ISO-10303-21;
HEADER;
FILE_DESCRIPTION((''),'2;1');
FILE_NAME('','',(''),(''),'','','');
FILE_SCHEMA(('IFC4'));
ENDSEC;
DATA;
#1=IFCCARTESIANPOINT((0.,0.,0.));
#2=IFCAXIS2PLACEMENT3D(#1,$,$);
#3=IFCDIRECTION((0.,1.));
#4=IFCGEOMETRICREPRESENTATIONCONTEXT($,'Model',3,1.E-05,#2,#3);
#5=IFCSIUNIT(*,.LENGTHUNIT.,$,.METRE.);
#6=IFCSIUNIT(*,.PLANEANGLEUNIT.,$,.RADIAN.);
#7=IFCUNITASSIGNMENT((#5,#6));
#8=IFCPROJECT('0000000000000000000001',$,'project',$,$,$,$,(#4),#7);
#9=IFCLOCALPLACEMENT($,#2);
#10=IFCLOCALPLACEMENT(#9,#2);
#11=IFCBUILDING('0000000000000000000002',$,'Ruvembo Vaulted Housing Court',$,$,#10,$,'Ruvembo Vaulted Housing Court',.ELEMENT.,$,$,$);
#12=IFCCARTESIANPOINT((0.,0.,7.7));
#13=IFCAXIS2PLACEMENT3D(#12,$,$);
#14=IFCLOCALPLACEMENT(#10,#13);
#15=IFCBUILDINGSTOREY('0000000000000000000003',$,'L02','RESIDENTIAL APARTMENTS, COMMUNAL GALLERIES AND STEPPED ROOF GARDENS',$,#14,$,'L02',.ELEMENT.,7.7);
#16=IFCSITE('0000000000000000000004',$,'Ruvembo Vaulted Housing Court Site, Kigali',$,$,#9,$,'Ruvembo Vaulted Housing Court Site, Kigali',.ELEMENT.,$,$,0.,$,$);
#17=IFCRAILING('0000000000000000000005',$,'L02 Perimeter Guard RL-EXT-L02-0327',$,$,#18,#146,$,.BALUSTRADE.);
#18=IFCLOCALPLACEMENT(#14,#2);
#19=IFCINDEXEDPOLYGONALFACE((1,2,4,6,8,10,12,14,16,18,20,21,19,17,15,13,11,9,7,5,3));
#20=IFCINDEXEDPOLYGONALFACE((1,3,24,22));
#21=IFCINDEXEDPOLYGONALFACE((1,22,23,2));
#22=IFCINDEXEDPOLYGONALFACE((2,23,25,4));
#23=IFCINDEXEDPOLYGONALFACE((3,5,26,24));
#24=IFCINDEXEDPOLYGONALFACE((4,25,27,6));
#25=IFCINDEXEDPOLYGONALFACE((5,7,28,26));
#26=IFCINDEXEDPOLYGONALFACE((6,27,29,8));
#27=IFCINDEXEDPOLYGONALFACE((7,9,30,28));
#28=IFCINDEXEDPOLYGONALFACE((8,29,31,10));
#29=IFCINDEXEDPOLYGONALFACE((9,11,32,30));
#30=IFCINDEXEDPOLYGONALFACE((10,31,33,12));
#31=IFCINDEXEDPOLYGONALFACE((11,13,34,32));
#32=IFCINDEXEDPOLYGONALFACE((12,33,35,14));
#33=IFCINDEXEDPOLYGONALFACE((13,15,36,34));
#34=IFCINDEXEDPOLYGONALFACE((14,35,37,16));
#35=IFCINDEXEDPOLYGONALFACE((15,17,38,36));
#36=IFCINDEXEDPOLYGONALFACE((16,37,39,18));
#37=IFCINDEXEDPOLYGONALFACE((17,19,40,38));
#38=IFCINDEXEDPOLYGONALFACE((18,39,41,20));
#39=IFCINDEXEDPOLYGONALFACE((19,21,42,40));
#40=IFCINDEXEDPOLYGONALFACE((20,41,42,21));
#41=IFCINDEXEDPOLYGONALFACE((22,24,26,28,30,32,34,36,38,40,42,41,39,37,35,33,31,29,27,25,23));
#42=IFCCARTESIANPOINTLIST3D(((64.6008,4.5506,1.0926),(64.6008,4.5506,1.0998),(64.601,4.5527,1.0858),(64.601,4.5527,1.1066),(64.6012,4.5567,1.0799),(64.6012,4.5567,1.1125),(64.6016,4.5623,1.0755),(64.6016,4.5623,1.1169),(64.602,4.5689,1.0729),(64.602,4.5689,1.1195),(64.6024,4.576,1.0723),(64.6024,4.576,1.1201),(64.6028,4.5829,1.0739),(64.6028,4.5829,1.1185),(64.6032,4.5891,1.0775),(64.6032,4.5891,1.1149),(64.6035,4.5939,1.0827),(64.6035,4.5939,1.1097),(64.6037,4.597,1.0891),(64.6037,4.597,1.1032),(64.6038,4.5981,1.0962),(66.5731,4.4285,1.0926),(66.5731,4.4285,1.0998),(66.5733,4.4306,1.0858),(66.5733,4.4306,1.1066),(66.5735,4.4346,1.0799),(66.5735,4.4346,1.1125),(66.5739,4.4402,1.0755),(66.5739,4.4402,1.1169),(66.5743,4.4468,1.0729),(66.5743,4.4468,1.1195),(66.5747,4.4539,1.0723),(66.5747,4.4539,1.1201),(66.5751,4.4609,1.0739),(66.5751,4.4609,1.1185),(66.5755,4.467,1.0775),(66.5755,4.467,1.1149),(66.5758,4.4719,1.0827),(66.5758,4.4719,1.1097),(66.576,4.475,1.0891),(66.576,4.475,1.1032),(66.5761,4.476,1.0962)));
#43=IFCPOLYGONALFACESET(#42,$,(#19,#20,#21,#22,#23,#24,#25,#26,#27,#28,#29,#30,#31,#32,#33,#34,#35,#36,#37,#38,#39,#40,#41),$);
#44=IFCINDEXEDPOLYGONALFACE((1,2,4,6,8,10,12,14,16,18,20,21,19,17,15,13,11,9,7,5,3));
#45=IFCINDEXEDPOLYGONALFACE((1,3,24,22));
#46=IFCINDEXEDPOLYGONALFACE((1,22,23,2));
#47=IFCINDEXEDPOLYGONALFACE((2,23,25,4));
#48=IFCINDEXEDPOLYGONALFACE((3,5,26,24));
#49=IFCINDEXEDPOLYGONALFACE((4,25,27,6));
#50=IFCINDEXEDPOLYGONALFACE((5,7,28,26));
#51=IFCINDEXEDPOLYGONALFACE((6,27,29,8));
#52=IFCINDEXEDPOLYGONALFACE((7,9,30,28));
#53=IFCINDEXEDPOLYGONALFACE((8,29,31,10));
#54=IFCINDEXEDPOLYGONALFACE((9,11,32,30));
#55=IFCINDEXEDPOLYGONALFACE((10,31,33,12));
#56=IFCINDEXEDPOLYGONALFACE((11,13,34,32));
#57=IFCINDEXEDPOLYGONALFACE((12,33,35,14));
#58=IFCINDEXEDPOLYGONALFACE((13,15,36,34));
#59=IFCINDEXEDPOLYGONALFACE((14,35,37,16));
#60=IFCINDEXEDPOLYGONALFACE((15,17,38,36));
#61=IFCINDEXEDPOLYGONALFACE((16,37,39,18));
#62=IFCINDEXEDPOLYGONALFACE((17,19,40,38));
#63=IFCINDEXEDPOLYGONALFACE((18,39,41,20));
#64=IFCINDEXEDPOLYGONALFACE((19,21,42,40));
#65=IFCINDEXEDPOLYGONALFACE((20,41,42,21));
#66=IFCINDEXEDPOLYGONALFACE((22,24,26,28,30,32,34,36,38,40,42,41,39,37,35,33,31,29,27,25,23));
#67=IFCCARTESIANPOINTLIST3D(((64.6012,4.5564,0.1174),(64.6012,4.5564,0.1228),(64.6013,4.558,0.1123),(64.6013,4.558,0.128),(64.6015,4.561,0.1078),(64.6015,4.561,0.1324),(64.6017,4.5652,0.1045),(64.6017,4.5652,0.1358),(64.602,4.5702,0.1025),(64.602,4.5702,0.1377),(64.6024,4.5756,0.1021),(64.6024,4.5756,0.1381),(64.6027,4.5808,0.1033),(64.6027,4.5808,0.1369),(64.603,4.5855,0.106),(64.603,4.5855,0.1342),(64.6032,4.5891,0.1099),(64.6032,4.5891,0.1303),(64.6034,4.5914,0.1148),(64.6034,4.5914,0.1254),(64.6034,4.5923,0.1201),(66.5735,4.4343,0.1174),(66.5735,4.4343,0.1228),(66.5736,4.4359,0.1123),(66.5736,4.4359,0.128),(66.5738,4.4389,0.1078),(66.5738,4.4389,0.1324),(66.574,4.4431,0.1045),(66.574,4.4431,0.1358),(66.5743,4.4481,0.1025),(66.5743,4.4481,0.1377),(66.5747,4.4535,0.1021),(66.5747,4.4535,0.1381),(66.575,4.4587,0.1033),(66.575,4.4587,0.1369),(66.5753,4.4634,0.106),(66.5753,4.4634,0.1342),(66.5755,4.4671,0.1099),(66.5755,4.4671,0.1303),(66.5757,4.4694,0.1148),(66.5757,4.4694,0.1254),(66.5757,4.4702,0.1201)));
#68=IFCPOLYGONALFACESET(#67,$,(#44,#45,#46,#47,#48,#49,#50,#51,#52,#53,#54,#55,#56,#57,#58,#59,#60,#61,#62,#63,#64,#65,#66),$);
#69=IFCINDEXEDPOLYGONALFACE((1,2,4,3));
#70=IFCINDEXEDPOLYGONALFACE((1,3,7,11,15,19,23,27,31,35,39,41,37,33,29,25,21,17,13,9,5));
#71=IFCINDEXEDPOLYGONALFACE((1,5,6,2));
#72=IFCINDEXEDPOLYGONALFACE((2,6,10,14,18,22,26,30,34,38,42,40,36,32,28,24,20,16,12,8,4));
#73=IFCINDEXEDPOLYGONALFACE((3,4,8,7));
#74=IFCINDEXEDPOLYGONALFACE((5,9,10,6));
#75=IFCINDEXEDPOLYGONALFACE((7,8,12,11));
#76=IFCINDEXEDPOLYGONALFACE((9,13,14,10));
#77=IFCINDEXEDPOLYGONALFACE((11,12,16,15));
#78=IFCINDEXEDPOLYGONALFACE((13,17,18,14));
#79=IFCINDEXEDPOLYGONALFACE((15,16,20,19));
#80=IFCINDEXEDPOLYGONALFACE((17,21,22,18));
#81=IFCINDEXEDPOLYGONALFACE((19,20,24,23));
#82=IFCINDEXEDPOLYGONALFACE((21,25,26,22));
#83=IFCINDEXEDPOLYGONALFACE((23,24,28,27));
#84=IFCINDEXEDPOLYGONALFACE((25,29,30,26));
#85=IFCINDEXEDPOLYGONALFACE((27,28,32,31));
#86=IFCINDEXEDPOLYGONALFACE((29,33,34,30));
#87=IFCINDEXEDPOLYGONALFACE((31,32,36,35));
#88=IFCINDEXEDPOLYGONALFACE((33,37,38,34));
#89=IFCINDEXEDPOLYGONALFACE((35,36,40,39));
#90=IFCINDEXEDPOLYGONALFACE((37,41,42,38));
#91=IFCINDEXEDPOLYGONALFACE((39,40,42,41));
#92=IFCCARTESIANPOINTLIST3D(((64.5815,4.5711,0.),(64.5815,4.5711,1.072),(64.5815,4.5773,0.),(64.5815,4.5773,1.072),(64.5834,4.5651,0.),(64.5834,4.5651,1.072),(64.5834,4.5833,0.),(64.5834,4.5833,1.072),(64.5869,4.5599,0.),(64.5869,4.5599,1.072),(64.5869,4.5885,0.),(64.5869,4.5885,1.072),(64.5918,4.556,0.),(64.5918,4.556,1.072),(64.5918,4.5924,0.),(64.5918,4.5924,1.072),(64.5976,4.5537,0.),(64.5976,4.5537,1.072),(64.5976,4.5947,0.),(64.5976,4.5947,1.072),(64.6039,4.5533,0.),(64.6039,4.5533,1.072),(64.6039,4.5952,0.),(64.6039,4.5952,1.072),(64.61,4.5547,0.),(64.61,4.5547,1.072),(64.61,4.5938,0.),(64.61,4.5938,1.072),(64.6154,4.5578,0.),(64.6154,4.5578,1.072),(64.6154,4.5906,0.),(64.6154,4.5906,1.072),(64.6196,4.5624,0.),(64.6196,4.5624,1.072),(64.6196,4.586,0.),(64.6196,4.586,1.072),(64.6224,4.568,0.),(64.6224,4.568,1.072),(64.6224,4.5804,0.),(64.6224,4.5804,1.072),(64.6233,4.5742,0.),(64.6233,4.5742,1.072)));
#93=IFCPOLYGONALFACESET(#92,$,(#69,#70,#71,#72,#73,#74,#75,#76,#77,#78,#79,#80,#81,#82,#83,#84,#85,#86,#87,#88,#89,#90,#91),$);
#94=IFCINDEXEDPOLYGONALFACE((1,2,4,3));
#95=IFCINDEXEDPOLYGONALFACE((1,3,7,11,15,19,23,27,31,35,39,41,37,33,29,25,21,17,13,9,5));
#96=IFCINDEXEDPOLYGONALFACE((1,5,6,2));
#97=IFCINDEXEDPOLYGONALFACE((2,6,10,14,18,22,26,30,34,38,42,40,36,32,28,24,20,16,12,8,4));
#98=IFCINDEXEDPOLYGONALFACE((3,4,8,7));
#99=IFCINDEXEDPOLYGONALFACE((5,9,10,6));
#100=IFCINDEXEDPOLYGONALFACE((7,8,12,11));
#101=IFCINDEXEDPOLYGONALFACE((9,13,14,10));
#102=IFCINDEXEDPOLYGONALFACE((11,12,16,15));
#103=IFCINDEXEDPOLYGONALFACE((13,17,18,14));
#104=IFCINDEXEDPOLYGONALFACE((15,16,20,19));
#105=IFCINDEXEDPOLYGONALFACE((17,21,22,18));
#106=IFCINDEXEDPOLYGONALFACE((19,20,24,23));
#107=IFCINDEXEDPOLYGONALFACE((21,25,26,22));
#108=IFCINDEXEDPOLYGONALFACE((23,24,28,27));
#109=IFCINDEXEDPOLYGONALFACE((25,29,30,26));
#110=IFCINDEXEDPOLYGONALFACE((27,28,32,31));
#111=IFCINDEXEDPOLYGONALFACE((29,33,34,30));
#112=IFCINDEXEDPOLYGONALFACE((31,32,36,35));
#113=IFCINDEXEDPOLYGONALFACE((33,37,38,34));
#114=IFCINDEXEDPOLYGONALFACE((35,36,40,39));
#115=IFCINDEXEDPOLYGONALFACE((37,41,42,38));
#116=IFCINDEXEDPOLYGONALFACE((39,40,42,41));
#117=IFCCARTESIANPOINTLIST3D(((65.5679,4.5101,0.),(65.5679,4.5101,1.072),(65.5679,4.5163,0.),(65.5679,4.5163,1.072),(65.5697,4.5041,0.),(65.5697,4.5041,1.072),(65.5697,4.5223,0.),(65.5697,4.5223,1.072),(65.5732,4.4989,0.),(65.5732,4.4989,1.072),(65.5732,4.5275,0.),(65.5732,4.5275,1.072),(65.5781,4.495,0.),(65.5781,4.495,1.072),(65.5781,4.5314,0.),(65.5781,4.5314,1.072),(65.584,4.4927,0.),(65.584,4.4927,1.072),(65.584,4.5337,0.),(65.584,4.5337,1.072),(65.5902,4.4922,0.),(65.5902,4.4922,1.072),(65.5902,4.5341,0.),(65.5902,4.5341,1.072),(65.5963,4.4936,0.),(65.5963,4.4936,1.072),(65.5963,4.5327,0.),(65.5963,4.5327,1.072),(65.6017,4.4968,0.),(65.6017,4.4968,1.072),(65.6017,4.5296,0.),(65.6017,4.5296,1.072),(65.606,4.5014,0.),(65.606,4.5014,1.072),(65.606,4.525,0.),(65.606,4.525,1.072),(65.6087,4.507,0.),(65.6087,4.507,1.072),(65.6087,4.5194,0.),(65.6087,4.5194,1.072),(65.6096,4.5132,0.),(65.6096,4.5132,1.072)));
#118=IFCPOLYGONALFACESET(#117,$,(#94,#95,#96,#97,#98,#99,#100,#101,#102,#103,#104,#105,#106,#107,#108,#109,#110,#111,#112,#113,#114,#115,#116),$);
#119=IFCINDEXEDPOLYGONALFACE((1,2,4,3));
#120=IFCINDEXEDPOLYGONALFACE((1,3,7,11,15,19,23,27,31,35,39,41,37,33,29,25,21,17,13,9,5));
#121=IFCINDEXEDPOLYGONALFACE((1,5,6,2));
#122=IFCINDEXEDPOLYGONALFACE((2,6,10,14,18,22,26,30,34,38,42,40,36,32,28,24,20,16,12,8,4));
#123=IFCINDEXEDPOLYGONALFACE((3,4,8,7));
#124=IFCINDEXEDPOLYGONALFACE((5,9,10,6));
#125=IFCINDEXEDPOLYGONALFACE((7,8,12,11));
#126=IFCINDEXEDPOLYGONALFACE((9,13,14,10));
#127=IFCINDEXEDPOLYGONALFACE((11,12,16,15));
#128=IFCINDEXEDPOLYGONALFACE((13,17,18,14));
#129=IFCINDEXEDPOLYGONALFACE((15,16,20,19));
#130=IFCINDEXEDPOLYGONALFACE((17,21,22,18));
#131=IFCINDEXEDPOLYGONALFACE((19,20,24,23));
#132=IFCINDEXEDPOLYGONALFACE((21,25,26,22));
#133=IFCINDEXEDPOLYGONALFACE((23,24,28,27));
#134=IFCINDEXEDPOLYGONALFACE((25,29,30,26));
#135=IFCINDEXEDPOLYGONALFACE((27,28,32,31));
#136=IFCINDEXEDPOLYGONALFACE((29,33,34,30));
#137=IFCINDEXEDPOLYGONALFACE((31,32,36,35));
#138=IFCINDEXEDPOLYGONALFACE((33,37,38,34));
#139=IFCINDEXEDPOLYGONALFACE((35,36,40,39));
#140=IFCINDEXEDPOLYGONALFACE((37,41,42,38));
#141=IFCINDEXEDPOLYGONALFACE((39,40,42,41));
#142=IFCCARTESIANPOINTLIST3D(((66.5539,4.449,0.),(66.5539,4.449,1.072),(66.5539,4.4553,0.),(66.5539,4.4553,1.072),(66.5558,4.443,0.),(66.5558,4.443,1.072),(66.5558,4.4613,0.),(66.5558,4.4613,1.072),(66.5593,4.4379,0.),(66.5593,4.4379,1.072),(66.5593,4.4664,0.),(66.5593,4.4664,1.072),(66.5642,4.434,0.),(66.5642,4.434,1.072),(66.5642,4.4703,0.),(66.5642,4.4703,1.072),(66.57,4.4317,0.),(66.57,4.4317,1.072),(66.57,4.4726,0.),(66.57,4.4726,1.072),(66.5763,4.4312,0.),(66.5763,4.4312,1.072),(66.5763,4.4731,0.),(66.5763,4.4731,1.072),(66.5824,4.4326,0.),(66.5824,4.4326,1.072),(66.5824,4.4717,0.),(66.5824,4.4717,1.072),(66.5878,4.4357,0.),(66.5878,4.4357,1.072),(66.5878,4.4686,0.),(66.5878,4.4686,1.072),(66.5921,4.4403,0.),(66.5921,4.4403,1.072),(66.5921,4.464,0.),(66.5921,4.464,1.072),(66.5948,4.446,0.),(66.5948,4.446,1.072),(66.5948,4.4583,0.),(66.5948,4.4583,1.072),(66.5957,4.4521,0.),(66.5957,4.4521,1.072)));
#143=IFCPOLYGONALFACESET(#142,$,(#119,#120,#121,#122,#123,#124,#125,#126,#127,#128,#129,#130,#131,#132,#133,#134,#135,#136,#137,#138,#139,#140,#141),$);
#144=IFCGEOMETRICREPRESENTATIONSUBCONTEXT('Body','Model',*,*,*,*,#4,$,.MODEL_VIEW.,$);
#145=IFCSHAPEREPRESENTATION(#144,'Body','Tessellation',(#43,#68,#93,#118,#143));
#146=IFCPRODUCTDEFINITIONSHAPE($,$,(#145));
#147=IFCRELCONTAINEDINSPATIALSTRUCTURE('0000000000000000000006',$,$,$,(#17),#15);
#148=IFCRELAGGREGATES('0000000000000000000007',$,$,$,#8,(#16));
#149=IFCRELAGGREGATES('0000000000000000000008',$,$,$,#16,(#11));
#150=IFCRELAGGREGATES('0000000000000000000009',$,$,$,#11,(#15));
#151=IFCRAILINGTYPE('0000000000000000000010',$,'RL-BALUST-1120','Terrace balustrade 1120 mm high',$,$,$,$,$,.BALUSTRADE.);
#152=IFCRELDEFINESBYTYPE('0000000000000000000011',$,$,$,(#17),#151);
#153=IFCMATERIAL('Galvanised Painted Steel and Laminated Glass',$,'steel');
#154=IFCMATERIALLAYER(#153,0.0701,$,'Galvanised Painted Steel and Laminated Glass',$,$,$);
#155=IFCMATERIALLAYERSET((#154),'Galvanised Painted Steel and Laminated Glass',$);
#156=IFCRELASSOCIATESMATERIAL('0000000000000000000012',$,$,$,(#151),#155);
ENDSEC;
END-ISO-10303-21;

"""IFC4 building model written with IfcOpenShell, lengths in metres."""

from ifc_helpers import new_model, si_unit, direction, frame, origin, origin_2d, place, context, subcontext, project, spatial, circle, extrude, material, layer, layer_set, type_object, element, save


model = new_model("IFC4")

# Units and contexts
model_context = context("Model", 3, precision=1e-05, world=origin(), true_north=direction((0.0, 1.0)))
body_context = subcontext(model_context, "Body", "Model", "MODEL_VIEW")
ifc_project = project(units=[si_unit("LENGTHUNIT", "METRE"), si_unit("PLANEANGLEUNIT", "RADIAN")], contexts=[model_context])

# Site, building, storey
site_placement = place(None, origin())
site = spatial("IfcSite", under=ifc_project, at=site_placement, Name="Ruvembo Vaulted Housing Court Site, Kigali", LongName="Ruvembo Vaulted Housing Court Site, Kigali", CompositionType="ELEMENT", RefElevation=0.0)
building_placement = place(site_placement, origin())
building = spatial("IfcBuilding", under=site, at=building_placement, Name="Ruvembo Vaulted Housing Court", LongName="Ruvembo Vaulted Housing Court", CompositionType="ELEMENT")
storey_placement = place(building_placement, frame((0.0, 0.0, 7.7)))
storey = spatial("IfcBuildingStorey", under=building, at=storey_placement, Name="L02", Description="RESIDENTIAL APARTMENTS, COMMUNAL GALLERIES AND STEPPED ROOF GARDENS", LongName="L02", CompositionType="ELEMENT", Elevation=7.7)

# Railing
ifc_material_1 = material(Name="Galvanised Painted Steel and Laminated Glass", Category="steel")
ifc_layer_1 = layer(ifc_material_1, 0.0701, Name="Galvanised Painted Steel and Laminated Glass")
ifc_layer_set_1 = layer_set([ifc_layer_1], Name="Galvanised Painted Steel and Laminated Glass")
railing_type = type_object("IfcRailingType", Name="RL-BALUST-1120", Description="Terrace balustrade 1120 mm high", PredefinedType="BALUSTRADE", material=ifc_layer_set_1)
railing_1_placement = place(storey_placement, frame((64.6023, 4.5742, 0.0)))
element("IfcRailing", 1, at=railing_1_placement, inside=storey, type_object=railing_type, Name="L02 Perimeter Guard RL-EXT-L02-0327", PredefinedType="BALUSTRADE", context=body_context, shape_type="SweptSolid", body=[
    extrude(circle(Radius=0.0239, at=origin_2d()), frame((0.0, 0.0, 1.0962), z_axis=(0.99809, -0.061771, 0.0), x_axis=(0.061771, 0.99809, 0.0)), (0.0, 0.0, 1.0), 1.9761),
    extrude(circle(Radius=0.0181, at=origin_2d()), frame((0.0, 0.0, 0.1201), z_axis=(0.99809, -0.061771, 0.0), x_axis=(0.061771, 0.99809, 0.0)), (0.0, 0.0, 1.0), 1.9761),
    extrude(circle(Radius=0.021, at=origin_2d()), origin(), (0.0, 0.0, 1.0), 1.072),
    extrude(circle(Radius=0.021, at=origin_2d()), frame((0.9863, -0.061, 0.0)), (0.0, 0.0, 1.0), 1.072),
    extrude(circle(Radius=0.021, at=origin_2d()), frame((1.9724, -0.1221, 0.0)), (0.0, 0.0, 1.0), 1.072),
])

save(model, "model.ifc")
